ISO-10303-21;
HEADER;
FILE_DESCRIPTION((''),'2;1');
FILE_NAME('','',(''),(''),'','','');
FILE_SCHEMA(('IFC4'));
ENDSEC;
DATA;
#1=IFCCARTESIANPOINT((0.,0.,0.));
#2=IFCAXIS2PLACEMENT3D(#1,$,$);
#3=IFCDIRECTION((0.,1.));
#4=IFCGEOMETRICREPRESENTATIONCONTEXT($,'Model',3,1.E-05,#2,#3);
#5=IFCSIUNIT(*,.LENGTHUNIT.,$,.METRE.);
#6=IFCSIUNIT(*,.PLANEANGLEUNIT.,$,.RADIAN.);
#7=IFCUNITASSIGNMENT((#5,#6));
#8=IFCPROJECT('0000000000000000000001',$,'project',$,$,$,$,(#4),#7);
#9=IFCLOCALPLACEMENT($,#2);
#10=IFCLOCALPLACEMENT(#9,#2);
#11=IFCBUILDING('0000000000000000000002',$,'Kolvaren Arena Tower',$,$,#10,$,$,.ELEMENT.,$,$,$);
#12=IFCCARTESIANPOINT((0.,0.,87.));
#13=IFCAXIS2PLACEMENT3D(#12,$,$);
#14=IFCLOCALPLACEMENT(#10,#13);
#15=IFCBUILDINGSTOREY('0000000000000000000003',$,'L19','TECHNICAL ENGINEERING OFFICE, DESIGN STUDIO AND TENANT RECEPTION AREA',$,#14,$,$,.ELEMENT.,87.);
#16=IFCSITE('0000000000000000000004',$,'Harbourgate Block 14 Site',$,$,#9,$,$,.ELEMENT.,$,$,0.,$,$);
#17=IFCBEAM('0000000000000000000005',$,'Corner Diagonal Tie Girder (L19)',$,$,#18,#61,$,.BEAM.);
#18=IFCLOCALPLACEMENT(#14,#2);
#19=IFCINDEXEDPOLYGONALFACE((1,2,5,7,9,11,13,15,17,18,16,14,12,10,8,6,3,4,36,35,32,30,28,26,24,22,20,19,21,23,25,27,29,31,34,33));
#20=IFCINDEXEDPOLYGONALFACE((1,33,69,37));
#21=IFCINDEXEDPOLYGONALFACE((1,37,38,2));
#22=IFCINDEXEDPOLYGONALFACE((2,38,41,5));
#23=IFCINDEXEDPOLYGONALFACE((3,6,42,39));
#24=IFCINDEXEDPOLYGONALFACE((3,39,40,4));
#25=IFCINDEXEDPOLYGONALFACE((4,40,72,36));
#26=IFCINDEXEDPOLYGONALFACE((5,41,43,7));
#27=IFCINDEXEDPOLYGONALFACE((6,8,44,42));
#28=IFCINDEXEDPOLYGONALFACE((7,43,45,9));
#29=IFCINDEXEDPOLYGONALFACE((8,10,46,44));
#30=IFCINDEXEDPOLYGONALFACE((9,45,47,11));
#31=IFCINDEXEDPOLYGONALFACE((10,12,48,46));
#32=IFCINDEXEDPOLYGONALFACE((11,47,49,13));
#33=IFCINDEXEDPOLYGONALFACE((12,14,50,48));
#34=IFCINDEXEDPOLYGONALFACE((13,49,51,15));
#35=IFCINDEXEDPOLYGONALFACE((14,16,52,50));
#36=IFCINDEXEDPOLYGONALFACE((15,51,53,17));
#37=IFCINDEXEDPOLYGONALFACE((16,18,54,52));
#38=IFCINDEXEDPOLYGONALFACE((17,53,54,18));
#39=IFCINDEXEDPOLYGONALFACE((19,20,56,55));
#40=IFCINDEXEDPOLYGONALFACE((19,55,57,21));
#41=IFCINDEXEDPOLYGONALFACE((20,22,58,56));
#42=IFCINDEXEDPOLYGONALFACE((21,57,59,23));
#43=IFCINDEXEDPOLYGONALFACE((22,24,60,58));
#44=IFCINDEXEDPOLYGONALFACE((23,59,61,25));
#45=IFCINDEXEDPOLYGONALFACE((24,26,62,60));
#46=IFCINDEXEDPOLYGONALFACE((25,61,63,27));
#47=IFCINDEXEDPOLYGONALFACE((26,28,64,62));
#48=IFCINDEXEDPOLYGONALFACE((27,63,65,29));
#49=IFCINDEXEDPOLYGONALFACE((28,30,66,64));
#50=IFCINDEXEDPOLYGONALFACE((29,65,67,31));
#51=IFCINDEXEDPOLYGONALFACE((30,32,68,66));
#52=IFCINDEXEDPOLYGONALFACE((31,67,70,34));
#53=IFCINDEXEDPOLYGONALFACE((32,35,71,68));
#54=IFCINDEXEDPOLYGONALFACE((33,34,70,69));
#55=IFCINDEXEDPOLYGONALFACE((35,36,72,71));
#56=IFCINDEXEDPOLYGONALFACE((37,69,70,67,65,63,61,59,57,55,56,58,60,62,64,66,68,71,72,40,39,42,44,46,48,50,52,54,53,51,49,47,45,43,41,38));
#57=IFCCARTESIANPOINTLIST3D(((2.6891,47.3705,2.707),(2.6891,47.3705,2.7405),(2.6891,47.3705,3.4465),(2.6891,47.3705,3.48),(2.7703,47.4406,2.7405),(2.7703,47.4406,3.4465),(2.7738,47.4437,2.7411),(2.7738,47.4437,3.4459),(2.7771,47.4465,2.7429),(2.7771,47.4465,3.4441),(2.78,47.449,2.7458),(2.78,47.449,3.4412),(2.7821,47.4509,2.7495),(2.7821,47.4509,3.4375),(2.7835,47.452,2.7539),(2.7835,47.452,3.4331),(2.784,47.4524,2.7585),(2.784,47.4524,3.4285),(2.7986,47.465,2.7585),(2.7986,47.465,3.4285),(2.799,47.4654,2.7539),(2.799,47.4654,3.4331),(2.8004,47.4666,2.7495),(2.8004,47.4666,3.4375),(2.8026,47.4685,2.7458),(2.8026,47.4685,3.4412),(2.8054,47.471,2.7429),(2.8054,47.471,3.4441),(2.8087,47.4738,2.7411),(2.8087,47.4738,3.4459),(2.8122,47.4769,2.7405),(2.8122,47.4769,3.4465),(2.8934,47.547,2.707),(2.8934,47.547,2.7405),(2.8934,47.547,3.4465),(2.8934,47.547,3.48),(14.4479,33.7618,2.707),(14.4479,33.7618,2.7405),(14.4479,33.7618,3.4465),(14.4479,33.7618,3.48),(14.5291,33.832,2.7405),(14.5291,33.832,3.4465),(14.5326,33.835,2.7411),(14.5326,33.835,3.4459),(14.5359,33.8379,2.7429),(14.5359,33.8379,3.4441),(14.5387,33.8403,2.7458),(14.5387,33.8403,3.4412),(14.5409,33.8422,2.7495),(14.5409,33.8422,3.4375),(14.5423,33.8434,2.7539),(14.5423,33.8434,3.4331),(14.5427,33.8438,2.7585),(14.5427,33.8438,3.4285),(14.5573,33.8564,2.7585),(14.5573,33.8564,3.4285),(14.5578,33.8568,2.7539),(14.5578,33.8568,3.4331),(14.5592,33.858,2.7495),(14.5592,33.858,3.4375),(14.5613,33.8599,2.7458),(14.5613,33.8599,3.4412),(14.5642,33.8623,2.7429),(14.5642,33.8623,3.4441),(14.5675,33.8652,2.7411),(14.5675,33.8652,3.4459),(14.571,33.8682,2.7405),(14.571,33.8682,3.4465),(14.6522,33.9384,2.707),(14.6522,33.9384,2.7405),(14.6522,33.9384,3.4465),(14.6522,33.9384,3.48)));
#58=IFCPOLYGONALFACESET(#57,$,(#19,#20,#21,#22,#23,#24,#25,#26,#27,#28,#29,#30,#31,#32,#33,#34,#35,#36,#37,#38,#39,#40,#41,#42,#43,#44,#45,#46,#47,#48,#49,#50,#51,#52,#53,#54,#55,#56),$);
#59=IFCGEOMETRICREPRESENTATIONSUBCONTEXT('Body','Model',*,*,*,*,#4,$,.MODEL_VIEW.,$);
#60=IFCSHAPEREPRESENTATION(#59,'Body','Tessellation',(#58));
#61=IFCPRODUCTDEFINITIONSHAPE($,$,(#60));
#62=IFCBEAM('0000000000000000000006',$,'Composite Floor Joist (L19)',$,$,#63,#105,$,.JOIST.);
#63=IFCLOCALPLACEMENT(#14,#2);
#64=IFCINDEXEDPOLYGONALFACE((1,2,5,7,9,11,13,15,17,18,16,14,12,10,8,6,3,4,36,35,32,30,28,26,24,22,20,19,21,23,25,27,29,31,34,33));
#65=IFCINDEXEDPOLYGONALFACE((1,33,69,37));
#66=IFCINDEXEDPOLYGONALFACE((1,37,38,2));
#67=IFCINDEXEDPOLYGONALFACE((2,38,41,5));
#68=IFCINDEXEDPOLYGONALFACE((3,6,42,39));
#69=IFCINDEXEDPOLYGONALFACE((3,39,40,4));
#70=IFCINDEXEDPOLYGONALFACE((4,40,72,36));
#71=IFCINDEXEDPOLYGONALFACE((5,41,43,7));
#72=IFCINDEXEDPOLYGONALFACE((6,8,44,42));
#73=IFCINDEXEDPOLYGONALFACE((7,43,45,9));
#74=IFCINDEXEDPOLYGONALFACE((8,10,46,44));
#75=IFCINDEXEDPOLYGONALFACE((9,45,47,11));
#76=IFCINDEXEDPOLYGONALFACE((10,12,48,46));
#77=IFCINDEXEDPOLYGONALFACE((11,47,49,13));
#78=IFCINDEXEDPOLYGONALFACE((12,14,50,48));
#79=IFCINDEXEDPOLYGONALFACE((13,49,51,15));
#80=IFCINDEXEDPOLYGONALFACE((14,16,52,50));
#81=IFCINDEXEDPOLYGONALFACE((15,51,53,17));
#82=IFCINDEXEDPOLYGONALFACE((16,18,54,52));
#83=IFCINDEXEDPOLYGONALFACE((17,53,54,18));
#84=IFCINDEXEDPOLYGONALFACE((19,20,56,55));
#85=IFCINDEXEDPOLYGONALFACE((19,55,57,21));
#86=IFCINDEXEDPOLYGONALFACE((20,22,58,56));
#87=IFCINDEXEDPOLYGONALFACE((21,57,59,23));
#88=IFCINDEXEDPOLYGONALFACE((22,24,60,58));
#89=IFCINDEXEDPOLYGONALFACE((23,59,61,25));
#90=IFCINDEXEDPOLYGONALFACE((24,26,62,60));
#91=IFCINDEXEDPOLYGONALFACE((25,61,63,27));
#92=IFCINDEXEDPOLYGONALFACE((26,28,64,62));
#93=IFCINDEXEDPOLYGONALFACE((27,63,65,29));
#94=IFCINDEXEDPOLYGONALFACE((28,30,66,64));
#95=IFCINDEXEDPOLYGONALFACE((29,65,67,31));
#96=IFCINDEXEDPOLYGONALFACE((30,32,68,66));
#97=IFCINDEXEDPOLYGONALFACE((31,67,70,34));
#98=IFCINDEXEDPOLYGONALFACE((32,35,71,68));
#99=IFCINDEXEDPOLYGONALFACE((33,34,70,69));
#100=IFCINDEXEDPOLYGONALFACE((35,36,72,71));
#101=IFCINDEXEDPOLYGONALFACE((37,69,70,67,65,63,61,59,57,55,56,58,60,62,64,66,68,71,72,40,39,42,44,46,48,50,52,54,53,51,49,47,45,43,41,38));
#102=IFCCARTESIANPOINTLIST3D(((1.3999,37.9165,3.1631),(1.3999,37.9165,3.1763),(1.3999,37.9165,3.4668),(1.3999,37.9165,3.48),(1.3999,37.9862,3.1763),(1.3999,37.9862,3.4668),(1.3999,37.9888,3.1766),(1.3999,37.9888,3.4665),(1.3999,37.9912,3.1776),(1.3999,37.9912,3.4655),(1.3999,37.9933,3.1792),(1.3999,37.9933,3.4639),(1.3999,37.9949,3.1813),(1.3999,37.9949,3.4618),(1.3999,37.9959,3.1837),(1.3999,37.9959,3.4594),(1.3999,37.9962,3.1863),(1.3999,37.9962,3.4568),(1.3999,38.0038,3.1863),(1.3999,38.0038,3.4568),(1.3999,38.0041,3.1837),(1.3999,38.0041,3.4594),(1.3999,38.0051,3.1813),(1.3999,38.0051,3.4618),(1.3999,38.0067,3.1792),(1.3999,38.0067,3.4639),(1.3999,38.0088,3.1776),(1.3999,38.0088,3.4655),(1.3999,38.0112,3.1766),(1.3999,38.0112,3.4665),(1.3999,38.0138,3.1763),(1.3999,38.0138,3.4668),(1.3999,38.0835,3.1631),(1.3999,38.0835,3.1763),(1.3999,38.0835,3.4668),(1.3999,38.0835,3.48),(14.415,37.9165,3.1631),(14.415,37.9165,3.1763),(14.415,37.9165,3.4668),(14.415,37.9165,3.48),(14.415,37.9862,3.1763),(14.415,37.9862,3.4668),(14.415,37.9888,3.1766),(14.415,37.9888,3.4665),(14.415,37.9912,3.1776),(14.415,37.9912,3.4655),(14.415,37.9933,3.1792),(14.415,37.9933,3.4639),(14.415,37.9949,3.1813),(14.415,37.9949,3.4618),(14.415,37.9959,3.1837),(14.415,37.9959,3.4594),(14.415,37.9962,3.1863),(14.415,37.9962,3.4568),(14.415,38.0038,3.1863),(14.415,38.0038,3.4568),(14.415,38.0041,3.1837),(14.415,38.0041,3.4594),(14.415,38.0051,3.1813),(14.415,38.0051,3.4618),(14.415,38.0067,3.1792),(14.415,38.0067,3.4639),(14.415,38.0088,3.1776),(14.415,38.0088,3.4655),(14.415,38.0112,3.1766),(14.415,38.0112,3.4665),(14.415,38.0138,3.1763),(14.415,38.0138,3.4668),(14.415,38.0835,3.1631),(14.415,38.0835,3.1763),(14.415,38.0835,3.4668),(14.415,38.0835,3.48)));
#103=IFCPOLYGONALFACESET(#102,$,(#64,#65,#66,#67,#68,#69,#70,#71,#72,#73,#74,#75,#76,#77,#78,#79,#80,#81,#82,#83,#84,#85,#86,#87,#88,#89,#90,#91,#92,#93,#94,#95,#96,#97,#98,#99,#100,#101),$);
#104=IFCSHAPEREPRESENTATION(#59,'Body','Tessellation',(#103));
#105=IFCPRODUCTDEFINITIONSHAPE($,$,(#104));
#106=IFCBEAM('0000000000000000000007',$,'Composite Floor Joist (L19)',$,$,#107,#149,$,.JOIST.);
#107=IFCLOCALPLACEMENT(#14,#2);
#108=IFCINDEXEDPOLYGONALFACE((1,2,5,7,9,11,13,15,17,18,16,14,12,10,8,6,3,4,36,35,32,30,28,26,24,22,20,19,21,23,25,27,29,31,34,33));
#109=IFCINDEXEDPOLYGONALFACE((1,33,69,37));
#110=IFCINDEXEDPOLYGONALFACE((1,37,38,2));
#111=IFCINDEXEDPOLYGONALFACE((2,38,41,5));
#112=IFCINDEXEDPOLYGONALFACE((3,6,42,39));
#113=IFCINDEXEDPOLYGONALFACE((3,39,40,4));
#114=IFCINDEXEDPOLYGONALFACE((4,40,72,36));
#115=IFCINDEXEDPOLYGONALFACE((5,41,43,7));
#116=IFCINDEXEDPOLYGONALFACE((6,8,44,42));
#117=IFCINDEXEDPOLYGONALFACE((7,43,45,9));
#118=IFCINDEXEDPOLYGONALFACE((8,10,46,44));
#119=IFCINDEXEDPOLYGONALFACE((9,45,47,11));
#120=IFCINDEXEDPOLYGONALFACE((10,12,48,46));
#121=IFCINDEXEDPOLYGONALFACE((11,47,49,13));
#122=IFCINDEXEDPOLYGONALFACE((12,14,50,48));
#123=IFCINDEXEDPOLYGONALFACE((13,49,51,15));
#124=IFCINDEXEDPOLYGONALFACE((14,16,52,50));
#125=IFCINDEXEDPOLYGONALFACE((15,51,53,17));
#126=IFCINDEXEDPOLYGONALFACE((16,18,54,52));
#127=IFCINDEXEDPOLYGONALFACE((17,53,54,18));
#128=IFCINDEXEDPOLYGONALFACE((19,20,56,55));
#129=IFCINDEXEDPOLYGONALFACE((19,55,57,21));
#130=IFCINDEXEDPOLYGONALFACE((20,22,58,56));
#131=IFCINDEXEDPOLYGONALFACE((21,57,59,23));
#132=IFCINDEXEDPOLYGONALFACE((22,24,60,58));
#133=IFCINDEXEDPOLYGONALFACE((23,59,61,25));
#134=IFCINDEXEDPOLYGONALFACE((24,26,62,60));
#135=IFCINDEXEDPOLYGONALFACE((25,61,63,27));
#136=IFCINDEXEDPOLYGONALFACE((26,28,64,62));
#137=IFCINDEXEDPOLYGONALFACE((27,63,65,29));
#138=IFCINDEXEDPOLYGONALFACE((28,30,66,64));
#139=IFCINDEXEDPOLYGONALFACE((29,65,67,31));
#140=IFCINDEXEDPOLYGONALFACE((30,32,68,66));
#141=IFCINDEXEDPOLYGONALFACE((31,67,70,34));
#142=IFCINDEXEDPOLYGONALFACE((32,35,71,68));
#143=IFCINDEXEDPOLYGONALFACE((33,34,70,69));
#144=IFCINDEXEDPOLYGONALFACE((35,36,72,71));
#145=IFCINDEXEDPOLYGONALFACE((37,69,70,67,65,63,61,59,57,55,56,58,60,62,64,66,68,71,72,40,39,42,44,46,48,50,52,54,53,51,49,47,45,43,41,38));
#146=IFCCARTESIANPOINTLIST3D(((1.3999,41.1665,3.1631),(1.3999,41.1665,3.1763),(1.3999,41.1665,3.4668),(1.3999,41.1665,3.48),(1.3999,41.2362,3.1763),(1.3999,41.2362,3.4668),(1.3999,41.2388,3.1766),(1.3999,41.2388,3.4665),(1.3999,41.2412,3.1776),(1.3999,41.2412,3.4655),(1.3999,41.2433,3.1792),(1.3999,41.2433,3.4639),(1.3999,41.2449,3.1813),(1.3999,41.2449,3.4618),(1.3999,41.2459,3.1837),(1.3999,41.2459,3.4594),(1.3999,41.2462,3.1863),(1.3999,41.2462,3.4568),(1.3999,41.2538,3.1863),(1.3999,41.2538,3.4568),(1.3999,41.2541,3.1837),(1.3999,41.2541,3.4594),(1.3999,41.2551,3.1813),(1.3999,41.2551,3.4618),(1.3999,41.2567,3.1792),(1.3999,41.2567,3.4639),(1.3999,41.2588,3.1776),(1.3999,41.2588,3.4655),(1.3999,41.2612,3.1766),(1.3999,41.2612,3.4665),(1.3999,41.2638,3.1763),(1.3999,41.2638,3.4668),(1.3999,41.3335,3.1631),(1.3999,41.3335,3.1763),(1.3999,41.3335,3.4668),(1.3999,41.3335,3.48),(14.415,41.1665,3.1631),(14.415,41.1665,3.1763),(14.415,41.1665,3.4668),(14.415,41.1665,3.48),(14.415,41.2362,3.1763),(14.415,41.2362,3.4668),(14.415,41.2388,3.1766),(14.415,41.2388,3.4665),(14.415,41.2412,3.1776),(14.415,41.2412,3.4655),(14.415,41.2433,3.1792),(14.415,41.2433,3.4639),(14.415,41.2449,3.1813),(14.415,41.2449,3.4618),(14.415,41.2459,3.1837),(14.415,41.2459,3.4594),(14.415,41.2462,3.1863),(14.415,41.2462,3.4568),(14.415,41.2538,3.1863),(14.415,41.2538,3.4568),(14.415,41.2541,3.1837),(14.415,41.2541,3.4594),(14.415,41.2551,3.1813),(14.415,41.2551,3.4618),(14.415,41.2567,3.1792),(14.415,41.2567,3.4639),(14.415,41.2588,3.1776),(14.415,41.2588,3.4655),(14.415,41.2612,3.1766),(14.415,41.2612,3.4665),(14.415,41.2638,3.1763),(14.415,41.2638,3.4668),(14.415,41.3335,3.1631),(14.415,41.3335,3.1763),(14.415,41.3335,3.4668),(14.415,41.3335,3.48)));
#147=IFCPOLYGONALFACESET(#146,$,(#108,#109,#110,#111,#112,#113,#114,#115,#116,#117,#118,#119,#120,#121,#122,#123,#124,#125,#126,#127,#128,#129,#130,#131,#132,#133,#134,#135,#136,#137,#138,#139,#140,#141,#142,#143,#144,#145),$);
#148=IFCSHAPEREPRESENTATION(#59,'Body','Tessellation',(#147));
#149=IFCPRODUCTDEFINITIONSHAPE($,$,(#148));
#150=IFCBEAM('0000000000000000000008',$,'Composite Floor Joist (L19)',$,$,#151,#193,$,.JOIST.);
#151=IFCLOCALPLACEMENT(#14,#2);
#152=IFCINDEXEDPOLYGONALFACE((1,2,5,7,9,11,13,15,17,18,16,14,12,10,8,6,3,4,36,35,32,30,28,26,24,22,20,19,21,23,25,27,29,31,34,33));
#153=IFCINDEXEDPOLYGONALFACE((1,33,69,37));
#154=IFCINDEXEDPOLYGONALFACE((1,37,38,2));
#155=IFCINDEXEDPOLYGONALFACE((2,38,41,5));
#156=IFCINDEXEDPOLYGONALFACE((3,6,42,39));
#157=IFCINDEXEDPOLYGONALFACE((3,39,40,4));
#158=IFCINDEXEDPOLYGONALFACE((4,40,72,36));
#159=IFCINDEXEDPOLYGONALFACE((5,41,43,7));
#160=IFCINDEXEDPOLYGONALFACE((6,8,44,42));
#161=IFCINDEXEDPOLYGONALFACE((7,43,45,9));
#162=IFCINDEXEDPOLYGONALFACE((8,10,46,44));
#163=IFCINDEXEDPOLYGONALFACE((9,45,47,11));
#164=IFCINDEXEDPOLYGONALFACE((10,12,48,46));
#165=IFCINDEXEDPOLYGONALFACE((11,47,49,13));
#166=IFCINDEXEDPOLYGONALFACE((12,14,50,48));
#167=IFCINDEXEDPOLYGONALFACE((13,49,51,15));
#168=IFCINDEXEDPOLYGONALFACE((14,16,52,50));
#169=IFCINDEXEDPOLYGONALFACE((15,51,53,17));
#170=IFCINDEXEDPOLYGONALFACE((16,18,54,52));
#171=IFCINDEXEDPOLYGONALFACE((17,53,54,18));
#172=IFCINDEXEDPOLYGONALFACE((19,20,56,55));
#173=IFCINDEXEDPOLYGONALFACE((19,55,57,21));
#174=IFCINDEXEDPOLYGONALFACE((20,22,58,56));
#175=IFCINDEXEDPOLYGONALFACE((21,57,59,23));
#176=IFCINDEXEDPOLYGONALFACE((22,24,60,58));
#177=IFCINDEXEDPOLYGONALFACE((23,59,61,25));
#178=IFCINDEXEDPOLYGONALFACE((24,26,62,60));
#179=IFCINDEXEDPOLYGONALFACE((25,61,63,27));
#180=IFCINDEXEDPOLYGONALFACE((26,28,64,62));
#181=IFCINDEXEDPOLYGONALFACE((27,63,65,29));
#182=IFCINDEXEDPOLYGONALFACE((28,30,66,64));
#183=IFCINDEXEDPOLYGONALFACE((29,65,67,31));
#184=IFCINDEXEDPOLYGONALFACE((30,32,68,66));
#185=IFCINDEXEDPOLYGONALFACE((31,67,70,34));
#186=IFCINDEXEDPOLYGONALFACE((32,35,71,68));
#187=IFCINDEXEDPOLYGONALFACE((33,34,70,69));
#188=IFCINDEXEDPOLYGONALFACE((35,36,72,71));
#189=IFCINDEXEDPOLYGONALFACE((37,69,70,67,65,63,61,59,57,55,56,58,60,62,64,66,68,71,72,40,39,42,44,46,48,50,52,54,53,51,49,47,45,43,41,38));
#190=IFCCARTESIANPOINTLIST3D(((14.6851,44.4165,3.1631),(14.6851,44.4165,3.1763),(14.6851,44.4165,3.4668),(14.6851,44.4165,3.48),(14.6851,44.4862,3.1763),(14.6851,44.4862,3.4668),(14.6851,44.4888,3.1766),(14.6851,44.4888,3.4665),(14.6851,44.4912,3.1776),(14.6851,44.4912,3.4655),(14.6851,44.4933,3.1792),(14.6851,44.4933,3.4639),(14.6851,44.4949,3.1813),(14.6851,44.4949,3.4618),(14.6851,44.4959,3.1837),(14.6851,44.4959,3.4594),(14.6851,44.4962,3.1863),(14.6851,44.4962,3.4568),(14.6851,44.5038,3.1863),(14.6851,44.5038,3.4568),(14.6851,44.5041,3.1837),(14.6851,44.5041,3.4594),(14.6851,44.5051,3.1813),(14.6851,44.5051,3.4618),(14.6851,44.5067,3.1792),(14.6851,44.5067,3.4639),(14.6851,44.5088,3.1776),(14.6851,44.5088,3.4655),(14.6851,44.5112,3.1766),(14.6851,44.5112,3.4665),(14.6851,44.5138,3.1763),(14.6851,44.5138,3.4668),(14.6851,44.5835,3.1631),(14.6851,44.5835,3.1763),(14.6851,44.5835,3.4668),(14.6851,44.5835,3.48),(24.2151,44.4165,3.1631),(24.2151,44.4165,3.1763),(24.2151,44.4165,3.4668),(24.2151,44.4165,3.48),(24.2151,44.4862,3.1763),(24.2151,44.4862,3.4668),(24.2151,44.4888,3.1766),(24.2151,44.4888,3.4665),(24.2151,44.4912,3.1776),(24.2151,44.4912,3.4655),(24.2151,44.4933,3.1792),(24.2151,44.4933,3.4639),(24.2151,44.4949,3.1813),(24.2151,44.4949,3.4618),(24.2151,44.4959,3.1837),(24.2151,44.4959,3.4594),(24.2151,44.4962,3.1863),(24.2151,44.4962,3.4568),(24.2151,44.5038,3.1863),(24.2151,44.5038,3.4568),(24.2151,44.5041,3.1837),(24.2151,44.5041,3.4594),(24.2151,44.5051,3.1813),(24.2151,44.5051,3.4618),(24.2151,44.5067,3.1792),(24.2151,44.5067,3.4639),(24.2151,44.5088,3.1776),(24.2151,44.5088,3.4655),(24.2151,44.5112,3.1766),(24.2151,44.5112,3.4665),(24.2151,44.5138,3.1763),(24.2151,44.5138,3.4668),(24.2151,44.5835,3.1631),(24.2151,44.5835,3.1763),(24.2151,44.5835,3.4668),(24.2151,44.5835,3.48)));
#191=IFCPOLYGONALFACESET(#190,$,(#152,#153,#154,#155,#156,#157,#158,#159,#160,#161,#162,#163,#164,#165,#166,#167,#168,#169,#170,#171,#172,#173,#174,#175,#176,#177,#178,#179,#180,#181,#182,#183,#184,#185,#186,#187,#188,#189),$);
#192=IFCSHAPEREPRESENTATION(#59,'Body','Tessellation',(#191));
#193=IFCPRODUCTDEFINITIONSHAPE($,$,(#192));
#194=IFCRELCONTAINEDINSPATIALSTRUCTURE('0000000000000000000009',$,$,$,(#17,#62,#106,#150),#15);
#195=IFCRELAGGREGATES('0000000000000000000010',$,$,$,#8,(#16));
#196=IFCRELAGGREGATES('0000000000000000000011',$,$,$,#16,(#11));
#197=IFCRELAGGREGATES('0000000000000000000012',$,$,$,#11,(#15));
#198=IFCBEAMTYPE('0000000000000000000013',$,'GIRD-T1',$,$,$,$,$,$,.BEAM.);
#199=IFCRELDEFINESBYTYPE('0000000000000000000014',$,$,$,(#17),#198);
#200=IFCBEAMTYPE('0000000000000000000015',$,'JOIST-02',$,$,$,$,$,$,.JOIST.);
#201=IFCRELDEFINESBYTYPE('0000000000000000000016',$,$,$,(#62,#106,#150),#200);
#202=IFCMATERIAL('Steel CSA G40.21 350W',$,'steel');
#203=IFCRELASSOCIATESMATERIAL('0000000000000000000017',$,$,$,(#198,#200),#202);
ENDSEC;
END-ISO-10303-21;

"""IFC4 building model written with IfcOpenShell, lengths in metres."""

from ifc_helpers import new_model, si_unit, direction, frame, origin, origin_2d, place, context, subcontext, project, spatial, i_section, extrude, material, material_profile, profile_set, type_object, element, save


model = new_model("IFC4")

# Units and contexts
model_context = context("Model", 3, precision=1e-05, world=origin(), true_north=direction((0.0, 1.0)))
body_context = subcontext(model_context, "Body", "Model", "MODEL_VIEW")
ifc_project = project(units=[si_unit("LENGTHUNIT", "METRE"), si_unit("PLANEANGLEUNIT", "RADIAN")], contexts=[model_context])

# Site, building, storey
site_placement = place(None, origin())
site = spatial("IfcSite", under=ifc_project, at=site_placement, Name="Harbourgate Block 14 Site", CompositionType="ELEMENT", RefElevation=0.0)
building_placement = place(site_placement, origin())
building = spatial("IfcBuilding", under=site, at=building_placement, Name="Kolvaren Arena Tower", CompositionType="ELEMENT")
storey_placement = place(building_placement, frame((0.0, 0.0, 87.0)))
storey = spatial("IfcBuildingStorey", under=building, at=storey_placement, Name="L19", Description="TECHNICAL ENGINEERING OFFICE, DESIGN STUDIO AND TENANT RECEPTION AREA", CompositionType="ELEMENT", Elevation=87.0)

# Beams
ifc_material_1 = material(Name="Steel CSA G40.21 350W", Category="steel")
ifc_material_profile_1 = material_profile(ifc_material_1, i_section(OverallWidth=0.27, OverallDepth=0.7729, WebThickness=0.0193, FlangeThickness=0.0334, FilletRadius=0.0181, at=origin_2d()), Name="W760x257")
ifc_profile_set_1 = profile_set([ifc_material_profile_1], Name="Steel CSA G40.21 350W")
beam_type_1 = type_object("IfcBeamType", Name="GIRD-T1", PredefinedType="BEAM", material=ifc_profile_set_1)
beam_1_placement = place(storey_placement, frame((2.7913, 47.4587, 3.0935), z_axis=(0.653807, -0.756662, 0.0), x_axis=(0.756662, 0.653807, 0.0)))
element("IfcBeam", 1, at=beam_1_placement, inside=storey, type_object=beam_type_1, Name="Corner Diagonal Tie Girder (L19)", PredefinedType="BEAM", context=body_context, shape_type="SweptSolid", body=[
    extrude(i_section(OverallWidth=0.27, OverallDepth=0.7729, WebThickness=0.0193, FlangeThickness=0.0334, FilletRadius=0.0181, at=origin_2d()), origin(), (0.0, 0.0, 1.0), 17.9851),
])
ifc_material_profile_2 = material_profile(ifc_material_1, i_section(OverallWidth=0.167, OverallDepth=0.3169, WebThickness=0.0076, FlangeThickness=0.0132, FilletRadius=0.01, at=origin_2d()), Name="W310x52")
ifc_profile_set_2 = profile_set([ifc_material_profile_2], Name="Steel CSA G40.21 350W")
beam_type_2 = type_object("IfcBeamType", Name="JOIST-02", PredefinedType="JOIST", material=ifc_profile_set_2)
for number, where, z_axis, x_axis, name in (
    (2, (1.3999, 38.0, 3.3215), (1.0, 0.0, 0.0), (0.0, 1.0, 0.0), "Composite Floor Joist (L19)"),
    (3, (1.3999, 41.25, 3.3215), (1.0, 0.0, 0.0), (0.0, 1.0, 0.0), "Composite Floor Joist (L19)"),
):
    element("IfcBeam", number, at=place(storey_placement, frame(where, z_axis=z_axis, x_axis=x_axis)), inside=storey, type_object=beam_type_2, Name=name, PredefinedType="JOIST", context=body_context, shape_type="SweptSolid", body=[
        extrude(i_section(OverallWidth=0.167, OverallDepth=0.3169, WebThickness=0.0076, FlangeThickness=0.0132, FilletRadius=0.01, at=origin_2d()), origin(), (0.0, 0.0, 1.0), 13.0151),
    ])
beam_2_placement = place(storey_placement, frame((14.6851, 44.5, 3.3215), z_axis=(1.0, 0.0, 0.0), x_axis=(0.0, 1.0, 0.0)))
element("IfcBeam", 4, at=beam_2_placement, inside=storey, type_object=beam_type_2, Name="Composite Floor Joist (L19)", PredefinedType="JOIST", context=body_context, shape_type="SweptSolid", body=[
    extrude(i_section(OverallWidth=0.167, OverallDepth=0.3169, WebThickness=0.0076, FlangeThickness=0.0132, FilletRadius=0.01, at=origin_2d()), origin(), (0.0, 0.0, 1.0), 9.53),
])

save(model, "model.ifc")
